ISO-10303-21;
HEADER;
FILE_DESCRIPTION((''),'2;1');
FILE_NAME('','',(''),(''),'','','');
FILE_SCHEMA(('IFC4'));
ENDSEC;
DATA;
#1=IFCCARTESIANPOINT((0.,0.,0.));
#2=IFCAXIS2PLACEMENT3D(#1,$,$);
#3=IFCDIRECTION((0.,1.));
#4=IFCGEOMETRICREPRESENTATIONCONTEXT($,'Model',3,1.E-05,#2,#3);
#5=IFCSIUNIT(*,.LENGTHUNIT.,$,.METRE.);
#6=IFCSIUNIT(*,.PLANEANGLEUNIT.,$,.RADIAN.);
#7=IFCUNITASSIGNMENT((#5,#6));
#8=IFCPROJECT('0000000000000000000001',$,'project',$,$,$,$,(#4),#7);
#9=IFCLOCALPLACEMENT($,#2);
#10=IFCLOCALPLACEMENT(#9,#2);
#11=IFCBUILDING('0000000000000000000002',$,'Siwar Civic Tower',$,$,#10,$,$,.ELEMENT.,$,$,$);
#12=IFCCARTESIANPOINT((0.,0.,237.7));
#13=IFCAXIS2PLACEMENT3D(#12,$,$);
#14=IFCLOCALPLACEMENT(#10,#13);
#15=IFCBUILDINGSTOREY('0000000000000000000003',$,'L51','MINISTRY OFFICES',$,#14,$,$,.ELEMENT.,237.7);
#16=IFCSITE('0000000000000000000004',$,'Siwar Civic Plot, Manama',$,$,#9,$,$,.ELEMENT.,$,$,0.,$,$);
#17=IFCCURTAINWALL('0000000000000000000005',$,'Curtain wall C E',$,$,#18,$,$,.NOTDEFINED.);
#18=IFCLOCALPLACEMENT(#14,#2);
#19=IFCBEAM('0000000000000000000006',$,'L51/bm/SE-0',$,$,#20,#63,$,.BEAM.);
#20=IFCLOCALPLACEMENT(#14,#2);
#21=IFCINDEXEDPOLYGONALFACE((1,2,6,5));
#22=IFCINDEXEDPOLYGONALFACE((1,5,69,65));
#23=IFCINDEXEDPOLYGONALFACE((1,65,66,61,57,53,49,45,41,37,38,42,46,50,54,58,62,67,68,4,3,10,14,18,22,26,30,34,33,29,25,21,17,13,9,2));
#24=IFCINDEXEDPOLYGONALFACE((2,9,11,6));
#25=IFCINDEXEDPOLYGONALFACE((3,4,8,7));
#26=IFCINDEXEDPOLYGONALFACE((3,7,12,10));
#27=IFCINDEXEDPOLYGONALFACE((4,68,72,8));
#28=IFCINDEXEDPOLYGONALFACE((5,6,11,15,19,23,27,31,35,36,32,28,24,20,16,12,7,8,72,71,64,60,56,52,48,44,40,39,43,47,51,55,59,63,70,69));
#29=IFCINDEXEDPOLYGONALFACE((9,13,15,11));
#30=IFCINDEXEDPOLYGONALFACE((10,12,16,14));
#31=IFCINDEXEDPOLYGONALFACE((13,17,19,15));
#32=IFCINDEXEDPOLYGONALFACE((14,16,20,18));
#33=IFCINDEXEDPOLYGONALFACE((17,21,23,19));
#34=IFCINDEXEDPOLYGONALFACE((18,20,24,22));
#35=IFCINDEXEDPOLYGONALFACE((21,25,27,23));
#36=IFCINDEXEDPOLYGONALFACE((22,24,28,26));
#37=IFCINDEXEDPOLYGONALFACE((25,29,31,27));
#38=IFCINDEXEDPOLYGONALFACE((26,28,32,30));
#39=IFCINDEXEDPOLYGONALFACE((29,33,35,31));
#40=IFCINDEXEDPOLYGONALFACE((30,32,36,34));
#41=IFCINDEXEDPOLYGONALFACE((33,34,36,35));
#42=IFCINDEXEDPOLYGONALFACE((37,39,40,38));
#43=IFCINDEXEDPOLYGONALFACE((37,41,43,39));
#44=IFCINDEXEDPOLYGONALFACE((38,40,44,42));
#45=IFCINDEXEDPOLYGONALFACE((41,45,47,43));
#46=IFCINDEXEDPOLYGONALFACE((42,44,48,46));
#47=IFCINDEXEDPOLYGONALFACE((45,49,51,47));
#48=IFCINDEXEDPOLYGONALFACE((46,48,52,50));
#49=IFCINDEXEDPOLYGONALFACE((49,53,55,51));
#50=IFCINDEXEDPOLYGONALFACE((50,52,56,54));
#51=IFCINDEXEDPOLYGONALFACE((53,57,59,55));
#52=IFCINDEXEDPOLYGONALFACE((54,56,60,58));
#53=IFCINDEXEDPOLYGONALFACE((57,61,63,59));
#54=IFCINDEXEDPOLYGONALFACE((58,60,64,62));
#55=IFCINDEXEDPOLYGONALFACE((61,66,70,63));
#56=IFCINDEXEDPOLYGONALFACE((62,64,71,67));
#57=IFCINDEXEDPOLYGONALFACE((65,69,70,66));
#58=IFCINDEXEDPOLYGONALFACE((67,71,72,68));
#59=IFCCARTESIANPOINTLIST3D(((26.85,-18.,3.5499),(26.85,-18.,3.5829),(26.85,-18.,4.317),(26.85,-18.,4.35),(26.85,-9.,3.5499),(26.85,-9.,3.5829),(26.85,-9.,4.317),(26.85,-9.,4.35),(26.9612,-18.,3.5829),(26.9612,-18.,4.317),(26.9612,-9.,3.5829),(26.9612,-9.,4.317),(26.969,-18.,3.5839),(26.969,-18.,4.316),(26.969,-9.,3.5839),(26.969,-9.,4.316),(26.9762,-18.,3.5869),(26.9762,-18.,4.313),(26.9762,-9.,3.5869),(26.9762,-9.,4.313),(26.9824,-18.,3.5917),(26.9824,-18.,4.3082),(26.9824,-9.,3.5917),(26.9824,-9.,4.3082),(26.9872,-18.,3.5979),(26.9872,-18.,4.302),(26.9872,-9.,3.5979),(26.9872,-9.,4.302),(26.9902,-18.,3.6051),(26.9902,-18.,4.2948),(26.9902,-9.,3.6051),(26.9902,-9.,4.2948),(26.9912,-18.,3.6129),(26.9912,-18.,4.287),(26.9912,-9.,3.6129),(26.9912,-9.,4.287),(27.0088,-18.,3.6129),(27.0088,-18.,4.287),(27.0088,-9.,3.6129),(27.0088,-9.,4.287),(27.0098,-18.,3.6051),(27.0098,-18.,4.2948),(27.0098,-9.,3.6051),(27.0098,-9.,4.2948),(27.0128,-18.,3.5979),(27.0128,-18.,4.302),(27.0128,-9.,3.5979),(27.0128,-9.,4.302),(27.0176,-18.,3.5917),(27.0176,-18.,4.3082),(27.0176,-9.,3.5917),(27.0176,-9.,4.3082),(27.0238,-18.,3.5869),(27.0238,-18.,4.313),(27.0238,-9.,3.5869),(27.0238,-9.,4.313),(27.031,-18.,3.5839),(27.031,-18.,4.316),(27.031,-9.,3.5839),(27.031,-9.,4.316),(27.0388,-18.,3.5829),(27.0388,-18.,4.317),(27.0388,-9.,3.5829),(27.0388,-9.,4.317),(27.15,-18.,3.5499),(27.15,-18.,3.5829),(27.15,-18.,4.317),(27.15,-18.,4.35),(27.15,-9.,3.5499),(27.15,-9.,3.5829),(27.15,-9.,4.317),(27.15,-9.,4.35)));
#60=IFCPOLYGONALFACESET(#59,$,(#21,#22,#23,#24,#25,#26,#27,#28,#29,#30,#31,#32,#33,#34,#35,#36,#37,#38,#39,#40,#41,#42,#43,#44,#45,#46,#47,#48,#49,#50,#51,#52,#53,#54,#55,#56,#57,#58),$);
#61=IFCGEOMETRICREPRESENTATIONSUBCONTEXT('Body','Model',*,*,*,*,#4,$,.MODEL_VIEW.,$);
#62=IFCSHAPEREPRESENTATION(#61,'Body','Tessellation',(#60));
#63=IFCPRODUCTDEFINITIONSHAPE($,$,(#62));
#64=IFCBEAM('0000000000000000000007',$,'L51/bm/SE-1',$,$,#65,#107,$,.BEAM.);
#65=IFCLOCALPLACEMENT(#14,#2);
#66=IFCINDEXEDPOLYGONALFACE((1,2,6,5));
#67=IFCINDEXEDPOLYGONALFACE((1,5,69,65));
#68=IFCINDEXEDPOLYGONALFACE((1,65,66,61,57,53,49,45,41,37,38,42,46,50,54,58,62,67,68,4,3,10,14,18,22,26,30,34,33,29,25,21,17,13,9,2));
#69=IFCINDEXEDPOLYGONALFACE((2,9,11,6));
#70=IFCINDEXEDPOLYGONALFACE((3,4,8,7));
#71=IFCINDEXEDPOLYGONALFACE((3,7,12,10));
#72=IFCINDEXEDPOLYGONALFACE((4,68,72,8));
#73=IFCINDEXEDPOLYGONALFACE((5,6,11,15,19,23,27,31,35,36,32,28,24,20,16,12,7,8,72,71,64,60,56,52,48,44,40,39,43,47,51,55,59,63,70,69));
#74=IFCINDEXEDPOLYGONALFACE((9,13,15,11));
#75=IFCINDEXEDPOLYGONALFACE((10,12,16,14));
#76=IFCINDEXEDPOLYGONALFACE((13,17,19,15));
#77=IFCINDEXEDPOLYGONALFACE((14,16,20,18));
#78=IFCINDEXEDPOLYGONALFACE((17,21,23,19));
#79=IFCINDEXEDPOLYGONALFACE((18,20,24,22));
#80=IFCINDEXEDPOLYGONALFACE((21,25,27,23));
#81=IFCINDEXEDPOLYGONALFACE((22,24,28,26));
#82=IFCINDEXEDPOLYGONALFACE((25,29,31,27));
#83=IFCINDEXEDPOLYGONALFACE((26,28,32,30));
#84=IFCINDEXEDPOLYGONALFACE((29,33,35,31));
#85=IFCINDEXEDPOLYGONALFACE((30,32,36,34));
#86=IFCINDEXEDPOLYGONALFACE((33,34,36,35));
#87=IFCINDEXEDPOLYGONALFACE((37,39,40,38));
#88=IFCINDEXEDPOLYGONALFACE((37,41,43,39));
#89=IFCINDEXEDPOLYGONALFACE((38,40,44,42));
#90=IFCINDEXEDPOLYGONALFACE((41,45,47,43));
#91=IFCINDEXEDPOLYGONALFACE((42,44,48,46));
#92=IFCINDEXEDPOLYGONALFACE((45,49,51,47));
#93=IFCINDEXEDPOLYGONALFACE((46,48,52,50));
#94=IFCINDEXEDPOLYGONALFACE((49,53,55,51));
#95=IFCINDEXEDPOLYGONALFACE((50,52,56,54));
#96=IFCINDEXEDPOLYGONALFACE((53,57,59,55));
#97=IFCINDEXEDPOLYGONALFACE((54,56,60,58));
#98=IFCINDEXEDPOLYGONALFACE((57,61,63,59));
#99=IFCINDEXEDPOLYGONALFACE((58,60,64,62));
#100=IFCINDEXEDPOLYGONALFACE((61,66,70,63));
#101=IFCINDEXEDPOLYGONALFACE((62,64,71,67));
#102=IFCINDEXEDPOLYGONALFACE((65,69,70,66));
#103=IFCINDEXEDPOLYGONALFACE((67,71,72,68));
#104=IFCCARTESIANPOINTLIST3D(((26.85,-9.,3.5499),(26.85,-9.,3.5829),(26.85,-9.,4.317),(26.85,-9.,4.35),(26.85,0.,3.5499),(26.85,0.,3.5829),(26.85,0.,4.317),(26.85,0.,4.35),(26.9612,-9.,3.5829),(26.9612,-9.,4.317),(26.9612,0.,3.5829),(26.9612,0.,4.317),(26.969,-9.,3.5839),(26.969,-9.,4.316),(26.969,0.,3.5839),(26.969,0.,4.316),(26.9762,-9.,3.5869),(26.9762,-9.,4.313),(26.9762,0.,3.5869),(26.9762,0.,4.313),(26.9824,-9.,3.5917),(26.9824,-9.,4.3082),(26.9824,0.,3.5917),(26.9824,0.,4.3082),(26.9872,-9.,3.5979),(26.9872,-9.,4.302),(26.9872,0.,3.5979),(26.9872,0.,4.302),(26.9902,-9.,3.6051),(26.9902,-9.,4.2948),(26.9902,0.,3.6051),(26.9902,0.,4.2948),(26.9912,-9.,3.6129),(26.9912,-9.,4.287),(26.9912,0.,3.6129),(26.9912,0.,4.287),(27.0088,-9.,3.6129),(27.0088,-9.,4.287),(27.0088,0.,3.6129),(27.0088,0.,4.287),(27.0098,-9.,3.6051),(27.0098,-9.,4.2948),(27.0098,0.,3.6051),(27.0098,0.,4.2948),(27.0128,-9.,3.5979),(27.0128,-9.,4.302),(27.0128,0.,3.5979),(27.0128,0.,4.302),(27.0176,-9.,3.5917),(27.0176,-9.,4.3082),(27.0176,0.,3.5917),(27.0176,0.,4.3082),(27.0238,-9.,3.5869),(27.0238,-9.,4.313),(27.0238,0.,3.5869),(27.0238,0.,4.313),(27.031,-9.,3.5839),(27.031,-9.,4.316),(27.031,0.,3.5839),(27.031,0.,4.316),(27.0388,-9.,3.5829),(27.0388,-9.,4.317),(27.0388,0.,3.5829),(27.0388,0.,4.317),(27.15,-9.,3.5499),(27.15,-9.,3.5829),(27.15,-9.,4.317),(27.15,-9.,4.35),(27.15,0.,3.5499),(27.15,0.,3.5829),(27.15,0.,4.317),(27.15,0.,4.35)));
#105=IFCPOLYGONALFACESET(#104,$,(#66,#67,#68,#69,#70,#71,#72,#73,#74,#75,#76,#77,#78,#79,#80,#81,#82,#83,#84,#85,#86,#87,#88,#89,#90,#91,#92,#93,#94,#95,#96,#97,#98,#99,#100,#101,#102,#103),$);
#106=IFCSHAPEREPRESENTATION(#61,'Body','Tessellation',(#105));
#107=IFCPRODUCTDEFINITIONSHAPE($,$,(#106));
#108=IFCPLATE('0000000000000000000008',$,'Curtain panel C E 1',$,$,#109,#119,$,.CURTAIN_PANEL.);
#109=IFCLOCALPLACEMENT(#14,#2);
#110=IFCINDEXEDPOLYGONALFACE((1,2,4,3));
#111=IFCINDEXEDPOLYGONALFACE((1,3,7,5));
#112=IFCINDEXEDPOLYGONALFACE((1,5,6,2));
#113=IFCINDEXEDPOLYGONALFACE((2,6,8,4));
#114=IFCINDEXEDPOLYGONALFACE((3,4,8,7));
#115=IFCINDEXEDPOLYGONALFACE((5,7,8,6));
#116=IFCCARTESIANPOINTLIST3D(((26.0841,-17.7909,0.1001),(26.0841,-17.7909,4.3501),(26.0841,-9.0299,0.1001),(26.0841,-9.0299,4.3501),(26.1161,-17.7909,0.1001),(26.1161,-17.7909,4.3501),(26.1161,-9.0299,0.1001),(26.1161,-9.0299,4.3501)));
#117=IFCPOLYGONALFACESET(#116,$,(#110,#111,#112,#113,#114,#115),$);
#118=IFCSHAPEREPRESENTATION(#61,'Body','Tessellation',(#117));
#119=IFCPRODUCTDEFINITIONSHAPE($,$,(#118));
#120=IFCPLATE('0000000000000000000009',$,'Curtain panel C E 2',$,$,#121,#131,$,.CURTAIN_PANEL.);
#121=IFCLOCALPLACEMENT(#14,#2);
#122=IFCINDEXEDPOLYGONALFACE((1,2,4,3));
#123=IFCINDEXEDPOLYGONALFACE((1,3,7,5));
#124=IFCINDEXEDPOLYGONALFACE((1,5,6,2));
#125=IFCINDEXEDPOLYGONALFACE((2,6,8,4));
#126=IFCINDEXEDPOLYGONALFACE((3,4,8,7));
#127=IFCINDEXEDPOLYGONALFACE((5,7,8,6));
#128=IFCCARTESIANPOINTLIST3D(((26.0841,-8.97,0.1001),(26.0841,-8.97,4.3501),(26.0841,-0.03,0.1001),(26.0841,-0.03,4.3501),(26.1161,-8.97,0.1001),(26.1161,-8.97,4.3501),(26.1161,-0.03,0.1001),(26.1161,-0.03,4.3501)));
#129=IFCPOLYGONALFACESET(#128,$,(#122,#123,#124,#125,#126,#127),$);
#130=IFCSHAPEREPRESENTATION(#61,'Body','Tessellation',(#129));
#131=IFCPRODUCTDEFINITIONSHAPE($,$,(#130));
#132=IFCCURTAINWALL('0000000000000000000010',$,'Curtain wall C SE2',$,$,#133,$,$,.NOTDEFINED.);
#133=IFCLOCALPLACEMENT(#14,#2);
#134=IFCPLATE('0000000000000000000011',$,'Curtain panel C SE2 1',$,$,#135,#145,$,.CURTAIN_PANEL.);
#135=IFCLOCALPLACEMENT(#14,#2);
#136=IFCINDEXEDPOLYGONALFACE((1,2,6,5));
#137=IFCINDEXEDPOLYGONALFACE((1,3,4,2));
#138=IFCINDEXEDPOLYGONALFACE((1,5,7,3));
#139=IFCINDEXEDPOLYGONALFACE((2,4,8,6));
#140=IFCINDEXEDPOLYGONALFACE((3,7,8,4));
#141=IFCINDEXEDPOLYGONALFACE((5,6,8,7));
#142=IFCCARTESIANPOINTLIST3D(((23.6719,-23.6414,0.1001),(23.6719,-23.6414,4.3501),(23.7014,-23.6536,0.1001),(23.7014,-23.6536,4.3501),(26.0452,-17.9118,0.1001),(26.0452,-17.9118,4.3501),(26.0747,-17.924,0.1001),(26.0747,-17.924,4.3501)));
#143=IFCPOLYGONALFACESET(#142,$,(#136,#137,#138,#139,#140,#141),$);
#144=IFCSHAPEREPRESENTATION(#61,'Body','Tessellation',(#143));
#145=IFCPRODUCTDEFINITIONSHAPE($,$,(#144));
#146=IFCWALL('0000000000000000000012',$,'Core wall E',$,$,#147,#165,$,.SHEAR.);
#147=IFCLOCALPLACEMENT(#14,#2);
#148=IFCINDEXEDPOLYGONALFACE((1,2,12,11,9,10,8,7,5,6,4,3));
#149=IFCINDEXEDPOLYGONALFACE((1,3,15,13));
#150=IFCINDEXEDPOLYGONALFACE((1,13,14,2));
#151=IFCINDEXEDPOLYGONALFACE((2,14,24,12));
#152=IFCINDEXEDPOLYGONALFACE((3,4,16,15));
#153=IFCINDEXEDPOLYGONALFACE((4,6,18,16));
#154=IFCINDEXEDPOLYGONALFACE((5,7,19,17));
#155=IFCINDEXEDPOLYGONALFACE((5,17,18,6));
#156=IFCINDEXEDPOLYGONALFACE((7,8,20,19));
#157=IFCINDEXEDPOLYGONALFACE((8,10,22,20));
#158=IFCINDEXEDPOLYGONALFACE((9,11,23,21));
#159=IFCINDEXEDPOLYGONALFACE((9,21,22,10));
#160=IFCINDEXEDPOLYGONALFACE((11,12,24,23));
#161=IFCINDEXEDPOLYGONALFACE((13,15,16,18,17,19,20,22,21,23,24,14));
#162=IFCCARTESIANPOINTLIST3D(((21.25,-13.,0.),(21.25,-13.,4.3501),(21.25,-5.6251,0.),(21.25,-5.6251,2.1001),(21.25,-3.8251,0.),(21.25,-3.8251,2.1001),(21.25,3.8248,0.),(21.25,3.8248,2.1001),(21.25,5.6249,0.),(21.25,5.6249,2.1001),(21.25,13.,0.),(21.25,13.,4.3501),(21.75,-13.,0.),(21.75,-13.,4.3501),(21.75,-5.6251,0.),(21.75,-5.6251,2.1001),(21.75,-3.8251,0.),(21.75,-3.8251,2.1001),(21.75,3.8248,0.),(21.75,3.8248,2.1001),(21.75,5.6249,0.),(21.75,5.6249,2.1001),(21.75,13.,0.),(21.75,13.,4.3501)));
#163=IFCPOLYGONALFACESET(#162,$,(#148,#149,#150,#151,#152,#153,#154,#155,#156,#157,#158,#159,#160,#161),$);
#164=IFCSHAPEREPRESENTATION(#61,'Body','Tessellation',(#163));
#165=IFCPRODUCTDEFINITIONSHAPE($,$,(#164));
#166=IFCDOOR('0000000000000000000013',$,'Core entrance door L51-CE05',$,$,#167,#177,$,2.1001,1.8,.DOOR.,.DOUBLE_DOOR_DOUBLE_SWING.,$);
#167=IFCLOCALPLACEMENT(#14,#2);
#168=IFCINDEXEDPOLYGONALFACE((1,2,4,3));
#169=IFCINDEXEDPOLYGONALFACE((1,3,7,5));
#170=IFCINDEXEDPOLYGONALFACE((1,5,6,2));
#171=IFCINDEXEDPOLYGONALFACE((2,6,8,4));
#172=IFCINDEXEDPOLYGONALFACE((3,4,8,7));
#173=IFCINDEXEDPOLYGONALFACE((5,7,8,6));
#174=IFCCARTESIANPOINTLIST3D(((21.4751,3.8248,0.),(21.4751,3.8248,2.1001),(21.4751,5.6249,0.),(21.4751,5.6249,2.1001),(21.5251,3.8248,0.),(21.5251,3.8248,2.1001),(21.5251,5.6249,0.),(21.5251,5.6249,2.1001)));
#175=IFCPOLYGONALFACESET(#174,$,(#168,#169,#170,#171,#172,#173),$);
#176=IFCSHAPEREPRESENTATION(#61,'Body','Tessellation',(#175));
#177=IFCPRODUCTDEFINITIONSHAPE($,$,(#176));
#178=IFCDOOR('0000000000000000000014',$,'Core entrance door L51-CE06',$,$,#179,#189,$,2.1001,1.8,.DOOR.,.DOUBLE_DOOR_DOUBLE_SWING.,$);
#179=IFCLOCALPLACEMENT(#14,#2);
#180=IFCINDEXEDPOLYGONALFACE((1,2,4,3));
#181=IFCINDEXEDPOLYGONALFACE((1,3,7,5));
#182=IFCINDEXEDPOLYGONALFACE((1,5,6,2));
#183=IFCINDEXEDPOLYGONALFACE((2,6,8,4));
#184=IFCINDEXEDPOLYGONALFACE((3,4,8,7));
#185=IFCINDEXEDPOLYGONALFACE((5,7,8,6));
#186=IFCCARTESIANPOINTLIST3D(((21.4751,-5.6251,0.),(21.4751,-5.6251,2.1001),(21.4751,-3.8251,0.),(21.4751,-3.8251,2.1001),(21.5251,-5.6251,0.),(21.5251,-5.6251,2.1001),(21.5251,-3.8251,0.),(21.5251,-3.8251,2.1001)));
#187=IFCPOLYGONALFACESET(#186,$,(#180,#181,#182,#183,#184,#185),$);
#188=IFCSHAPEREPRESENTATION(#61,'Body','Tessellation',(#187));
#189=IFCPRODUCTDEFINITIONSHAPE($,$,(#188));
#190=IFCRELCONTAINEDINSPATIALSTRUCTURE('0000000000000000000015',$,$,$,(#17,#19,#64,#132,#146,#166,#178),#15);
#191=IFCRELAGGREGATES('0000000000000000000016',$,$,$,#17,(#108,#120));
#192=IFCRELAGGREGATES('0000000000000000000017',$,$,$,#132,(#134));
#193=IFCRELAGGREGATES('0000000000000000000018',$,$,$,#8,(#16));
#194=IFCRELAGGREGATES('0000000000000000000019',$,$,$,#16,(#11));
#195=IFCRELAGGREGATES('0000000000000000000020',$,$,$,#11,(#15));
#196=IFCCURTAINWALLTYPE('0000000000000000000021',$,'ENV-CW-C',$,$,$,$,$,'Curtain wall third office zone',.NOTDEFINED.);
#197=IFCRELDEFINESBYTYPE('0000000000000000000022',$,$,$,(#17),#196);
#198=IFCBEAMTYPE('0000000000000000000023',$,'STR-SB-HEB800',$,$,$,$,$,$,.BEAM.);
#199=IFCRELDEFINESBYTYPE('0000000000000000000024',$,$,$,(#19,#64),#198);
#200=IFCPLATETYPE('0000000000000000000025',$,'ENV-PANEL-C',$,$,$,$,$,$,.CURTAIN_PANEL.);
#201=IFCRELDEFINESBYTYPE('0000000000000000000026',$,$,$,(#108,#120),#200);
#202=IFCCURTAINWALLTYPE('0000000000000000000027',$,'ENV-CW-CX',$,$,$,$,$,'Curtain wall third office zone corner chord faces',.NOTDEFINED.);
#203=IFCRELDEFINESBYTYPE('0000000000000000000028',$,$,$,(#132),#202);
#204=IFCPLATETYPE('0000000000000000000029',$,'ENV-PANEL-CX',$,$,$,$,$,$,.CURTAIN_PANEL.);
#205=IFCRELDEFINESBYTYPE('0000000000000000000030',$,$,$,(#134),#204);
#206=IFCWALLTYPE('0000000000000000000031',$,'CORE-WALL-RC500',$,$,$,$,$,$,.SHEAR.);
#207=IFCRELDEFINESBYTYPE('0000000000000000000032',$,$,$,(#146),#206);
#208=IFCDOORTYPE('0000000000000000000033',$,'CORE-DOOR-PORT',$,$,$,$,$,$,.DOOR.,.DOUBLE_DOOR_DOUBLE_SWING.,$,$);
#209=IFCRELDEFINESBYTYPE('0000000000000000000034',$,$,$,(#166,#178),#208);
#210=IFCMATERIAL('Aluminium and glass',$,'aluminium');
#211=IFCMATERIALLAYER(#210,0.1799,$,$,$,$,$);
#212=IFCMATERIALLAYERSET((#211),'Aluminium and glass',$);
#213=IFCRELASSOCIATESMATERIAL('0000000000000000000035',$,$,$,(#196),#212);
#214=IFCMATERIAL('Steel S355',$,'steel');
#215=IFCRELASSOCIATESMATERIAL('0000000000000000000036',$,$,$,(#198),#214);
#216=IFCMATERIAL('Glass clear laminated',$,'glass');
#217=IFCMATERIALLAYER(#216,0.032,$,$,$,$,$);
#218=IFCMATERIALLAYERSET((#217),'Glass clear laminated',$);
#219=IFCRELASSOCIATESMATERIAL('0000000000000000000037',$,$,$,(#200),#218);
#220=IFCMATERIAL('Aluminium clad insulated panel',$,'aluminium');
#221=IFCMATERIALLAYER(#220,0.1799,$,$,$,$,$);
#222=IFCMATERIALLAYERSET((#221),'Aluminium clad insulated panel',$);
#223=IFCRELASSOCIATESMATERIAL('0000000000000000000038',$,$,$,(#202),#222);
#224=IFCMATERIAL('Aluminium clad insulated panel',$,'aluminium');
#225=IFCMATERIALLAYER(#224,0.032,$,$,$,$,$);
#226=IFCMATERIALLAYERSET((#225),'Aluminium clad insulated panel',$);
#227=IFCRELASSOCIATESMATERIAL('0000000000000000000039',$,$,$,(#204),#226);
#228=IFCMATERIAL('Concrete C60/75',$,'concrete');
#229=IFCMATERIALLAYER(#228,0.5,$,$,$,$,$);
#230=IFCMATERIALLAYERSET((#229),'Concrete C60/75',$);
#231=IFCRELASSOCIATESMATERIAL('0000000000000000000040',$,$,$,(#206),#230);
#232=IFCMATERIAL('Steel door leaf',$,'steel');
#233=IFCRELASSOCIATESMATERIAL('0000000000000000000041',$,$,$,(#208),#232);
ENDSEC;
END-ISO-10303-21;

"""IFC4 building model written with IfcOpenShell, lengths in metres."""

from ifc_helpers import new_model, si_unit, direction, frame, frame_2d, origin, origin_2d, place, context, subcontext, project, spatial, rectangle, i_section, extrude, material, layer, layer_set, material_profile, profile_set, type_object, element, fill, aggregate, save


model = new_model("IFC4")

# Units and contexts
model_context = context("Model", 3, precision=1e-05, world=origin(), true_north=direction((0.0, 1.0)))
body_context = subcontext(model_context, "Body", "Model", "MODEL_VIEW")
ifc_project = project(units=[si_unit("LENGTHUNIT", "METRE"), si_unit("PLANEANGLEUNIT", "RADIAN")], contexts=[model_context])

# Site, building, storey
site_placement = place(None, origin())
site = spatial("IfcSite", under=ifc_project, at=site_placement, Name="Siwar Civic Plot, Manama", CompositionType="ELEMENT", RefElevation=0.0)
building_placement = place(site_placement, origin())
building = spatial("IfcBuilding", under=site, at=building_placement, Name="Siwar Civic Tower", CompositionType="ELEMENT")
storey_placement = place(building_placement, frame((0.0, 0.0, 237.7)))
storey = spatial("IfcBuildingStorey", under=building, at=storey_placement, Name="L51", Description="MINISTRY OFFICES", CompositionType="ELEMENT", Elevation=237.7)

# Curtain wall
ifc_material_1 = material(Name="Aluminium and glass", Category="aluminium")
ifc_layer_1 = layer(ifc_material_1, 0.1799)
ifc_layer_set_1 = layer_set([ifc_layer_1], Name="Aluminium and glass")
curtain_wall_type_1 = type_object("IfcCurtainWallType", Name="ENV-CW-C", ElementType="Curtain wall third office zone", PredefinedType="NOTDEFINED", material=ifc_layer_set_1)
curtain_wall_1_placement = place(storey_placement, origin())
curtain_wall_1 = element("IfcCurtainWall", 1, at=curtain_wall_1_placement, inside=storey, type_object=curtain_wall_type_1, Name="Curtain wall C E", PredefinedType="NOTDEFINED")

# Beams
ifc_material_2 = material(Name="Steel S355", Category="steel")
ifc_material_profile_1 = material_profile(ifc_material_2, i_section(OverallWidth=0.3, OverallDepth=0.8, WebThickness=0.0176, FlangeThickness=0.033, FilletRadius=0.03, at=origin_2d()), Name="HEB800")
ifc_profile_set_1 = profile_set([ifc_material_profile_1], Name="Steel S355")
beam_type_1 = type_object("IfcBeamType", Name="STR-SB-HEB800", PredefinedType="BEAM", material=ifc_profile_set_1)
for number, where, z_axis, x_axis, name in (
    (2, (27.0, -18.0, 3.95), (0.0, 1.0, 0.0), (-1.0, 0.0, 0.0), "L51/bm/SE-0"),
    (3, (27.0, -9.0, 3.95), (0.0, 1.0, 0.0), (-1.0, 0.0, 0.0), "L51/bm/SE-1"),
):
    element("IfcBeam", number, at=place(storey_placement, frame(where, z_axis=z_axis, x_axis=x_axis)), inside=storey, type_object=beam_type_1, Name=name, PredefinedType="BEAM", context=body_context, shape_type="SweptSolid", body=[
        extrude(i_section(OverallWidth=0.3, OverallDepth=0.8, WebThickness=0.0176, FlangeThickness=0.033, FilletRadius=0.03, at=origin_2d()), origin(), (0.0, 0.0, 1.0), 9.0),
    ])

# Plates
ifc_material_3 = material(Name="Glass clear laminated", Category="glass")
ifc_layer_2 = layer(ifc_material_3, 0.032)
ifc_layer_set_2 = layer_set([ifc_layer_2], Name="Glass clear laminated")
plate_type_1 = type_object("IfcPlateType", Name="ENV-PANEL-C", PredefinedType="CURTAIN_PANEL", material=ifc_layer_set_2)
plate_1_placement = place(storey_placement, frame((26.1001, -13.4104, 0.1001), z_axis=(0.0, 0.0, 1.0), x_axis=(0.0, 1.0, 0.0)))
plate_1 = element("IfcPlate", 4, at=plate_1_placement, type_object=plate_type_1, Name="Curtain panel C E 1", PredefinedType="CURTAIN_PANEL", context=body_context, shape_type="SweptSolid", body=[
    extrude(rectangle(XDim=8.761, YDim=0.032, at=origin_2d()), origin(), (0.0, 0.0, 1.0), 4.25),
])
plate_2_placement = place(storey_placement, frame((26.1001, -4.5, 0.1001), z_axis=(0.0, 0.0, 1.0), x_axis=(0.0, 1.0, 0.0)))
plate_2 = element("IfcPlate", 5, at=plate_2_placement, type_object=plate_type_1, Name="Curtain panel C E 2", PredefinedType="CURTAIN_PANEL", context=body_context, shape_type="SweptSolid", body=[
    extrude(rectangle(XDim=8.9399, YDim=0.032, at=origin_2d()), origin(), (0.0, 0.0, 1.0), 4.25),
])
aggregate(curtain_wall_1, [plate_1, plate_2])

# Curtain wall, plate
ifc_material_4 = material(Name="Aluminium clad insulated panel", Category="aluminium")
ifc_layer_3 = layer(ifc_material_4, 0.1799)
ifc_layer_set_3 = layer_set([ifc_layer_3], Name="Aluminium clad insulated panel")
curtain_wall_type_2 = type_object("IfcCurtainWallType", Name="ENV-CW-CX", ElementType="Curtain wall third office zone corner chord faces", PredefinedType="NOTDEFINED", material=ifc_layer_set_3)
curtain_wall_2_placement = place(storey_placement, origin())
curtain_wall_2 = element("IfcCurtainWall", 6, at=curtain_wall_2_placement, inside=storey, type_object=curtain_wall_type_2, Name="Curtain wall C SE2", PredefinedType="NOTDEFINED")
ifc_material_5 = material(Name="Aluminium clad insulated panel", Category="aluminium")
ifc_layer_4 = layer(ifc_material_5, 0.032)
ifc_layer_set_4 = layer_set([ifc_layer_4], Name="Aluminium clad insulated panel")
plate_type_2 = type_object("IfcPlateType", Name="ENV-PANEL-CX", PredefinedType="CURTAIN_PANEL", material=ifc_layer_set_4)
plate_3_placement = place(storey_placement, frame((24.8733, -20.7827, 0.1001), z_axis=(0.0, 0.0, 1.0), x_axis=(0.382683, 0.92388, 0.0)))
plate_3 = element("IfcPlate", 7, at=plate_3_placement, type_object=plate_type_2, Name="Curtain panel C SE2 1", PredefinedType="CURTAIN_PANEL", context=body_context, shape_type="SweptSolid", body=[
    extrude(rectangle(XDim=6.2017, YDim=0.032, at=origin_2d()), origin(), (0.0, 0.0, 1.0), 4.25),
])
aggregate(curtain_wall_2, [plate_3])

# Wall, openings, doors
ifc_material_6 = material(Name="Concrete C60/75", Category="concrete")
ifc_layer_5 = layer(ifc_material_6, 0.5)
ifc_layer_set_5 = layer_set([ifc_layer_5], Name="Concrete C60/75")
wall_type_1 = type_object("IfcWallType", Name="CORE-WALL-RC500", PredefinedType="SHEAR", material=ifc_layer_set_5)
wall_1_placement = place(storey_placement, frame((21.5, -13.0, 0.0), z_axis=(0.0, 0.0, 1.0), x_axis=(0.0, 1.0, 0.0)))
wall_1 = element("IfcWall", 8, at=wall_1_placement, inside=storey, type_object=wall_type_1, Name="Core wall E", PredefinedType="SHEAR", context=body_context, shape_type="SweptSolid", body=[
    extrude(rectangle(XDim=26.0, YDim=0.5, at=frame_2d((13.0, 0.0))), origin(), (0.0, 0.0, 1.0), 4.3501),
])
opening_1_placement = place(wall_1_placement, frame((16.825, 0.0, 0.0)))
opening_1 = element("IfcOpeningElement", 9, at=opening_1_placement, cuts=wall_1, PredefinedType="OPENING", context=body_context, shape_type="SweptSolid", body=[
    extrude(rectangle(XDim=1.8, YDim=2.1001, at=frame_2d((0.8999, 1.05))), frame((0.0, 0.26, 0.0), z_axis=(0.0, -1.0, 0.0), x_axis=(1.0, 0.0, 0.0)), (0.0, 0.0, 1.0), 0.52),
])
opening_2_placement = place(wall_1_placement, frame((7.375, 0.0, 0.0)))
opening_2 = element("IfcOpeningElement", 10, at=opening_2_placement, cuts=wall_1, PredefinedType="OPENING", context=body_context, shape_type="SweptSolid", body=[
    extrude(rectangle(XDim=1.8, YDim=2.1001, at=frame_2d((0.8999, 1.05))), frame((0.0, 0.26, 0.0), z_axis=(0.0, -1.0, 0.0), x_axis=(1.0, 0.0, 0.0)), (0.0, 0.0, 1.0), 0.52),
])
ifc_material_7 = material(Name="Steel door leaf", Category="steel")
door_type_1 = type_object("IfcDoorType", Name="CORE-DOOR-PORT", OperationType="DOUBLE_DOOR_DOUBLE_SWING", PredefinedType="DOOR", material=ifc_material_7)
door_1_placement = place(opening_1_placement, origin())
door_1 = element("IfcDoor", 11, at=door_1_placement, inside=storey, type_object=door_type_1, Name="Core entrance door L51-CE05", OperationType="DOUBLE_DOOR_DOUBLE_SWING", OverallHeight=2.1001, OverallWidth=1.8, PredefinedType="DOOR", context=body_context, shape_type="SweptSolid", body=[
    extrude(rectangle(XDim=1.8, YDim=2.1001, at=frame_2d((0.8999, 1.05))), frame((0.0, 0.0249, 0.0), z_axis=(0.0, -1.0, 0.0), x_axis=(1.0, 0.0, 0.0)), (0.0, 0.0, 1.0), 0.05),
])
fill(opening_1, door_1)
door_2_placement = place(opening_2_placement, origin())
door_2 = element("IfcDoor", 12, at=door_2_placement, inside=storey, type_object=door_type_1, Name="Core entrance door L51-CE06", OperationType="DOUBLE_DOOR_DOUBLE_SWING", OverallHeight=2.1001, OverallWidth=1.8, PredefinedType="DOOR", context=body_context, shape_type="SweptSolid", body=[
    extrude(rectangle(XDim=1.8, YDim=2.1001, at=frame_2d((0.8999, 1.05))), frame((0.0, 0.0249, 0.0), z_axis=(0.0, -1.0, 0.0), x_axis=(1.0, 0.0, 0.0)), (0.0, 0.0, 1.0), 0.05),
])
fill(opening_2, door_2)

save(model, "model.ifc")
